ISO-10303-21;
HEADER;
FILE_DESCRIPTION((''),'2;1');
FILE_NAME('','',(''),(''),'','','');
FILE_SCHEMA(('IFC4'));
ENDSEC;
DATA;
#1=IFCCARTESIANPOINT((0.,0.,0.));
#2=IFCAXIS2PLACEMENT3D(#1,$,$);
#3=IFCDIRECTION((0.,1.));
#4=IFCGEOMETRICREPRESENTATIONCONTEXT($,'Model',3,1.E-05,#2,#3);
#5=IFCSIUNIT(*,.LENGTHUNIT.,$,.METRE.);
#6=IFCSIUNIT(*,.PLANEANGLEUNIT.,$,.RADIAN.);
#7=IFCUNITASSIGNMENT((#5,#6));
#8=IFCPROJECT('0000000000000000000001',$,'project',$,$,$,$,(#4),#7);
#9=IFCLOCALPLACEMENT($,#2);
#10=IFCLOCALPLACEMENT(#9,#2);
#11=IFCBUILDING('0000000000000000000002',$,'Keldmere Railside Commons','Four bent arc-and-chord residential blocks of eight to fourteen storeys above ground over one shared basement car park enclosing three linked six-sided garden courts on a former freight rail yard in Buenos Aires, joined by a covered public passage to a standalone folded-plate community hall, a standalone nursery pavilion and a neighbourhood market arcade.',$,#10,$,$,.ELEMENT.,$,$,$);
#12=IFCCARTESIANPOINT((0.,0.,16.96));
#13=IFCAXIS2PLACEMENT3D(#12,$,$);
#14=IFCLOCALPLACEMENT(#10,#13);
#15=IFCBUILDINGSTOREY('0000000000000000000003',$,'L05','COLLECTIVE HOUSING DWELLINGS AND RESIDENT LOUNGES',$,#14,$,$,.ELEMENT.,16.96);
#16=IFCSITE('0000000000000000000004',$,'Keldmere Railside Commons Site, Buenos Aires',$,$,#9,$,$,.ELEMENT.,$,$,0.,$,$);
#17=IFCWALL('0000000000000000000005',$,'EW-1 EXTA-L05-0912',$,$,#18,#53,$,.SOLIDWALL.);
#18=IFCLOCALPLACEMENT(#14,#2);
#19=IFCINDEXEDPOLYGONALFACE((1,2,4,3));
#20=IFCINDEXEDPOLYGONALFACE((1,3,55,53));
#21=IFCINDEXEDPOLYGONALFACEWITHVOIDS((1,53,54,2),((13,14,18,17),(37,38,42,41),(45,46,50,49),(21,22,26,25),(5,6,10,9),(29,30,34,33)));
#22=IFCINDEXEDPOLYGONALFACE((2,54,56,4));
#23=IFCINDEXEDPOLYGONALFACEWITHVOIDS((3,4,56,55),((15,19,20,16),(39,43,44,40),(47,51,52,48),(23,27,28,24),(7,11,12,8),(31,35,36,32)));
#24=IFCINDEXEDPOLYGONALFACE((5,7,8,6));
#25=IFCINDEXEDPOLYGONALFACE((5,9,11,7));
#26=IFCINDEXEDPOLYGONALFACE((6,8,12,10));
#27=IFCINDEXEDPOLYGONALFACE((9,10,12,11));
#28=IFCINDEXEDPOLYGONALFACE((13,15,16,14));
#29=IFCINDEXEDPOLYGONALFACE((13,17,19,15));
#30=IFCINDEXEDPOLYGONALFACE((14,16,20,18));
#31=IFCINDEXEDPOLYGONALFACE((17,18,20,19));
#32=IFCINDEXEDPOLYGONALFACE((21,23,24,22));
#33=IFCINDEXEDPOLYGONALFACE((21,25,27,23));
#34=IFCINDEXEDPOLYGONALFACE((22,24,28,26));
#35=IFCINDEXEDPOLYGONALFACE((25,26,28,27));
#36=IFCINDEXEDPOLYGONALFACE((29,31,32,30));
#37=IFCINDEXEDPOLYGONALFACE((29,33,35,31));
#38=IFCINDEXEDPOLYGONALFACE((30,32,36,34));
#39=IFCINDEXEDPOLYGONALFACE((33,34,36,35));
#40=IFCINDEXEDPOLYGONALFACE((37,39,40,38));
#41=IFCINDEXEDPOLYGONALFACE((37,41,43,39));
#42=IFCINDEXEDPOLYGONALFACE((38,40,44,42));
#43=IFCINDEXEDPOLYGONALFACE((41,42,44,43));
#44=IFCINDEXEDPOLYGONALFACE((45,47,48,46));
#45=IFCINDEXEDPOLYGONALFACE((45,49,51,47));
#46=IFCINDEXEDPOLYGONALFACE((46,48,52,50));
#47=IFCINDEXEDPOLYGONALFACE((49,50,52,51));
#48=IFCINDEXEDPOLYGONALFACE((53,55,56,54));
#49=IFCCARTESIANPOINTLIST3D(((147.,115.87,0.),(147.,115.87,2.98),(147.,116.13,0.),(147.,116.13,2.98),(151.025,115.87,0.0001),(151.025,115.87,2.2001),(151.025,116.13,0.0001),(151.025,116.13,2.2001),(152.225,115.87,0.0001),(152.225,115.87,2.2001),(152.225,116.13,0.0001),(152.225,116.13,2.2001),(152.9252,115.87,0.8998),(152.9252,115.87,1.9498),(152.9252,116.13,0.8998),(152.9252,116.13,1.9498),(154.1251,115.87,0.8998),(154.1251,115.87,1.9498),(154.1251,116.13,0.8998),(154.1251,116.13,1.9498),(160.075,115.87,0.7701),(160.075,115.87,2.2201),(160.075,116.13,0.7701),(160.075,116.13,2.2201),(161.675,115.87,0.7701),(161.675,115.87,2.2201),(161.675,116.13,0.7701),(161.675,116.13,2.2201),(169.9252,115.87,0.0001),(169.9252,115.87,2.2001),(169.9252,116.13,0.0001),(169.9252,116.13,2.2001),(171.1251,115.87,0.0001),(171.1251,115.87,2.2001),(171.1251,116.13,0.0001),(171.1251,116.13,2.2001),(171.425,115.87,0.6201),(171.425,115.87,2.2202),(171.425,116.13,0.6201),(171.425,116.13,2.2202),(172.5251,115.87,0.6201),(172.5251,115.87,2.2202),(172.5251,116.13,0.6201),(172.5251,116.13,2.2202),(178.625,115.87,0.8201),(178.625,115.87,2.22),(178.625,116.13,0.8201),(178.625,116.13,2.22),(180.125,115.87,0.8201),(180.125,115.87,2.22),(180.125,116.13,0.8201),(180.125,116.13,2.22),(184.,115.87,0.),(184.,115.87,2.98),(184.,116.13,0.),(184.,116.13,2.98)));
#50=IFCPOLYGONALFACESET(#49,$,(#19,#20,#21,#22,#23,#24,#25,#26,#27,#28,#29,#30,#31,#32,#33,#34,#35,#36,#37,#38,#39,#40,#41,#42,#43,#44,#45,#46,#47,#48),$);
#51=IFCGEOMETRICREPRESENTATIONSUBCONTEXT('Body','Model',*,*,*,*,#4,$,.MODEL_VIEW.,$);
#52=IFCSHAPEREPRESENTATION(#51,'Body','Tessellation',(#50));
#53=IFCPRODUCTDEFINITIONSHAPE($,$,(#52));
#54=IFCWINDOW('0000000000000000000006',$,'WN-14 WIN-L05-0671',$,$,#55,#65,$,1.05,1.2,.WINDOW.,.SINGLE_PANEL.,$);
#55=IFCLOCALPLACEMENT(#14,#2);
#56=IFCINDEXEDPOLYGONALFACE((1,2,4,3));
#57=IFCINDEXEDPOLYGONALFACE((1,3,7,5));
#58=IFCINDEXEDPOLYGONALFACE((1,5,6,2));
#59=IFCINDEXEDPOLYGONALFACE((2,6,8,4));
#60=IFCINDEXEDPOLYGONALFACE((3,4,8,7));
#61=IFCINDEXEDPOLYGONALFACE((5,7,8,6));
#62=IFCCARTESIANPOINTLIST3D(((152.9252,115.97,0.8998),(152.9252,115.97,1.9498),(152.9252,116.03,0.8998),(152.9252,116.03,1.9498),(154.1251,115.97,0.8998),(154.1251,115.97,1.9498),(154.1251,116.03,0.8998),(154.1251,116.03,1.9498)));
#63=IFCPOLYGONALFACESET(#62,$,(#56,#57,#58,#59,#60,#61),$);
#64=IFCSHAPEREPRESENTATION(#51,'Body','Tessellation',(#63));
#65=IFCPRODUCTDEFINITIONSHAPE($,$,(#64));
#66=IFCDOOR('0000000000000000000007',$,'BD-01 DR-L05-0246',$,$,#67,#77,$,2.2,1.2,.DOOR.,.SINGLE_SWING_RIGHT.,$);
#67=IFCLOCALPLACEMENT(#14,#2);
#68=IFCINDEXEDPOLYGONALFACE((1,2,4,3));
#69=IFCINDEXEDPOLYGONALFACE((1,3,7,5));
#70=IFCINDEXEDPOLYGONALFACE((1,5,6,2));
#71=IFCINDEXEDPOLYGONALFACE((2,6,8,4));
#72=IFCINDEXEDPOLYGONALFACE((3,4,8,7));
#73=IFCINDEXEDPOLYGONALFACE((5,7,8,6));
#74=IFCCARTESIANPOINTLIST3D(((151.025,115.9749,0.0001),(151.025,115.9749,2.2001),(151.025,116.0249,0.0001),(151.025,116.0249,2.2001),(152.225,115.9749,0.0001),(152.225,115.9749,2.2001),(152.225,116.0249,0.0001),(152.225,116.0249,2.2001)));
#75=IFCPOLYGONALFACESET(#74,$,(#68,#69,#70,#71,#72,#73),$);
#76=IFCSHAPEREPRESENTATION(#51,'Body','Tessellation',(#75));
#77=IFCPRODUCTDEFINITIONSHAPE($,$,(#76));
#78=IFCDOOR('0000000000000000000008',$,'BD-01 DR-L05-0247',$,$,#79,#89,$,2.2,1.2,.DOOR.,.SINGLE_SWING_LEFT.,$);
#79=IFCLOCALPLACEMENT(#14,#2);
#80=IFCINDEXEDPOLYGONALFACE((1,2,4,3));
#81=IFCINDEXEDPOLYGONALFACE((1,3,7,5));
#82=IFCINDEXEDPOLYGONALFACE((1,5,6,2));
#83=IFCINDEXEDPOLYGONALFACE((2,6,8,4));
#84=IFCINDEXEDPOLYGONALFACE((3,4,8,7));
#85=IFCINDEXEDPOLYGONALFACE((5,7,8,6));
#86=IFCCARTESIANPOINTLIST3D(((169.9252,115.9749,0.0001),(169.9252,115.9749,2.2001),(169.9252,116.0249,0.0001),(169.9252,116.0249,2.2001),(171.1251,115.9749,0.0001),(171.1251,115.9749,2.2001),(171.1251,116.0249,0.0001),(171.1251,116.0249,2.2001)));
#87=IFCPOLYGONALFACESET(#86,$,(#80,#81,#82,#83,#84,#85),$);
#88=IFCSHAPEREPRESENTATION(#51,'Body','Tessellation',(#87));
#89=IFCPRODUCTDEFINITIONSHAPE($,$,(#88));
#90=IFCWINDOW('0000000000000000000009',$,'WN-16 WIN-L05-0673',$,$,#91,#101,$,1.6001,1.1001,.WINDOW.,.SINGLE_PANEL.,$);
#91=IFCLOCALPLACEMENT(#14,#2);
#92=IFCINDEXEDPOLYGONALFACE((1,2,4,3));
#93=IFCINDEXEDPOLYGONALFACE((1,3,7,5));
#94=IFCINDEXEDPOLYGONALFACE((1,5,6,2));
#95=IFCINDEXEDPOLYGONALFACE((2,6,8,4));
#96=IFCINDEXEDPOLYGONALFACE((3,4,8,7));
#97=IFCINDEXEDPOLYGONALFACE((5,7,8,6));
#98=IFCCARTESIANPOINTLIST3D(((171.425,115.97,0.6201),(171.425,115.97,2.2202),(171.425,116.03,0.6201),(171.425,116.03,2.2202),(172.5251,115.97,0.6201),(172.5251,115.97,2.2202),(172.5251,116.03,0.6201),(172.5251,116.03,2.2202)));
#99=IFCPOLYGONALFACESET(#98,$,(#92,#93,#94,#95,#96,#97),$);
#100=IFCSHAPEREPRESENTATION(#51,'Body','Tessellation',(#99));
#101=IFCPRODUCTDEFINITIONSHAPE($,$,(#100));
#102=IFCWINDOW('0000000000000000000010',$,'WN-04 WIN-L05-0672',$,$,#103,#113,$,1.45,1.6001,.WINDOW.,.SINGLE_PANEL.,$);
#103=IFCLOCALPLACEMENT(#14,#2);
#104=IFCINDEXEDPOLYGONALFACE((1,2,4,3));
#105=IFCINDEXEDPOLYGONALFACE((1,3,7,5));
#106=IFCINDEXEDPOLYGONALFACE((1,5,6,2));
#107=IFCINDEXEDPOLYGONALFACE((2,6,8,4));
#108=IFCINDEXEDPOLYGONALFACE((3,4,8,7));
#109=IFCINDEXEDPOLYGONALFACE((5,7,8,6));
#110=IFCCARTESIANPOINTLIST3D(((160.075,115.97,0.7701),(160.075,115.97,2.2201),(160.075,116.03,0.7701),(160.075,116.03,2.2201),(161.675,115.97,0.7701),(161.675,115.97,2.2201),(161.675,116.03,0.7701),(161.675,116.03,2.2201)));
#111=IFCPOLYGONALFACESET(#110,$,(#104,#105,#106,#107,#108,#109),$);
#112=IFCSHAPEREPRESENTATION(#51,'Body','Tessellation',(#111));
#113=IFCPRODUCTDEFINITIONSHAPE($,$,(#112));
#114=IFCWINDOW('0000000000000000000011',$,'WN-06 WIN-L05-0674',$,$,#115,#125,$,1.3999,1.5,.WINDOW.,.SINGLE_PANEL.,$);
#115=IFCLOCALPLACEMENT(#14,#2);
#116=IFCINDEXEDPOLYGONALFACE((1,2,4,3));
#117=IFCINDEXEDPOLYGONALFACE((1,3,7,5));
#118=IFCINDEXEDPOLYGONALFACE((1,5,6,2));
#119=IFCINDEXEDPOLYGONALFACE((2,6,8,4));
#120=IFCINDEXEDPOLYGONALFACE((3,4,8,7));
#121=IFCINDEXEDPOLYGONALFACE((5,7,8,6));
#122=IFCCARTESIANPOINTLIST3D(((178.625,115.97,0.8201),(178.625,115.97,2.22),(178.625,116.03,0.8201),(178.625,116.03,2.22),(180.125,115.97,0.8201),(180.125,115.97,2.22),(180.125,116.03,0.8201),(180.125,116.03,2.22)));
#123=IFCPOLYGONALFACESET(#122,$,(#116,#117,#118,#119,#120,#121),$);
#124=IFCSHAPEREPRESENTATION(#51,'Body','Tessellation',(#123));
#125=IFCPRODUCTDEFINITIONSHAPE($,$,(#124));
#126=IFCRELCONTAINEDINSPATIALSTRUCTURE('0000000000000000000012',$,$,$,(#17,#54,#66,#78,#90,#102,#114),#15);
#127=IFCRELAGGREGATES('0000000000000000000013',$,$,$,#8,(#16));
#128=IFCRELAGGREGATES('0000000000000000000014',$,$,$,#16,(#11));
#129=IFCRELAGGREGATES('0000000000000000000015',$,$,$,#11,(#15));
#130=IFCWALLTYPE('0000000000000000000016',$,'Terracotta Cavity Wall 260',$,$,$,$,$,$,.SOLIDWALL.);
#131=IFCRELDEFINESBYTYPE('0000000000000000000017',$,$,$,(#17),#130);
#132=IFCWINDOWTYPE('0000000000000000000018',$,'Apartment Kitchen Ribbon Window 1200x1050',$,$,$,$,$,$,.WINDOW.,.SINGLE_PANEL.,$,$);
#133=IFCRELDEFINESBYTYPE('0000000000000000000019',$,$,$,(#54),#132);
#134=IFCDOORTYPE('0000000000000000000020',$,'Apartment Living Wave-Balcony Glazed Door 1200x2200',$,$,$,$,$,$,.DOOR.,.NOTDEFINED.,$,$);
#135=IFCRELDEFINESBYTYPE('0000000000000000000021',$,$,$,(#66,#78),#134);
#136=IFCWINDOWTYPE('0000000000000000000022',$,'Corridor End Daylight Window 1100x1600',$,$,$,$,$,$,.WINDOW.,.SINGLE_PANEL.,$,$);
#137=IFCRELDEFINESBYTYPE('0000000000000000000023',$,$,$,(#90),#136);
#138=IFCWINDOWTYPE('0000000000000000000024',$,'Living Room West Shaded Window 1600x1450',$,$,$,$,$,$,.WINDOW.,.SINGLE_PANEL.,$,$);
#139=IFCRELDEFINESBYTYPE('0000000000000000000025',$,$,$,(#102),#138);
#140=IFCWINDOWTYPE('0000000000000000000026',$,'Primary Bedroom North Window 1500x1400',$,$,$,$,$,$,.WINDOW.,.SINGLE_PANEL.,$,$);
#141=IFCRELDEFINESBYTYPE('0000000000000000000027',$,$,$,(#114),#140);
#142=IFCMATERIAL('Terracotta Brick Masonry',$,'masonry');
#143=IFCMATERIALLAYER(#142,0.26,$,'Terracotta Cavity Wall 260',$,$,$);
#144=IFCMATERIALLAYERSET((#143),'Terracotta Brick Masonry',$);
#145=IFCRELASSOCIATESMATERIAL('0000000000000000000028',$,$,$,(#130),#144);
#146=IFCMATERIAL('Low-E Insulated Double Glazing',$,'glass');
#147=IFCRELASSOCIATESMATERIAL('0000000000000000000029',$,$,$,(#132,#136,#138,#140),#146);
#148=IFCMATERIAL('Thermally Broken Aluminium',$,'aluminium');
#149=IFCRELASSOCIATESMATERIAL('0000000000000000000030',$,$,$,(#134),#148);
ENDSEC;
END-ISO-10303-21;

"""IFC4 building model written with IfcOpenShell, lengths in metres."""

from ifc_helpers import new_model, si_unit, direction, frame, frame_2d, origin, place, context, subcontext, project, spatial, rectangle, extrude, material, layer, layer_set, type_object, element, fill, save


model = new_model("IFC4")

# Units and contexts
model_context = context("Model", 3, precision=1e-05, world=origin(), true_north=direction((0.0, 1.0)))
body_context = subcontext(model_context, "Body", "Model", "MODEL_VIEW")
ifc_project = project(units=[si_unit("LENGTHUNIT", "METRE"), si_unit("PLANEANGLEUNIT", "RADIAN")], contexts=[model_context])

# Site, building, storey
site_placement = place(None, origin())
site = spatial("IfcSite", under=ifc_project, at=site_placement, Name="Keldmere Railside Commons Site, Buenos Aires", CompositionType="ELEMENT", RefElevation=0.0)
building_placement = place(site_placement, origin())
building = spatial("IfcBuilding", under=site, at=building_placement, Name="Keldmere Railside Commons", Description="Four bent arc-and-chord residential blocks of eight to fourteen storeys above ground over one shared basement car park enclosing three linked six-sided garden courts on a former freight rail yard in Buenos Aires, joined by a covered public passage to a standalone folded-plate community hall, a standalone nursery pavilion and a neighbourhood market arcade.", CompositionType="ELEMENT")
storey_placement = place(building_placement, frame((0.0, 0.0, 16.96)))
storey = spatial("IfcBuildingStorey", under=building, at=storey_placement, Name="L05", Description="COLLECTIVE HOUSING DWELLINGS AND RESIDENT LOUNGES", CompositionType="ELEMENT", Elevation=16.96)

# Wall, openings, windows, doors
ifc_material_1 = material(Name="Terracotta Brick Masonry", Category="masonry")
ifc_layer_1 = layer(ifc_material_1, 0.26, Name="Terracotta Cavity Wall 260")
ifc_layer_set_1 = layer_set([ifc_layer_1], Name="Terracotta Brick Masonry")
wall_type_1 = type_object("IfcWallType", Name="Terracotta Cavity Wall 260", PredefinedType="SOLIDWALL", material=ifc_layer_set_1)
wall_1_placement = place(storey_placement, frame((147.0, 116.0, 0.0), z_axis=(0.0, 0.0, 1.0), x_axis=(1.0, 0.0, 0.0)))
wall_1 = element("IfcWall", 1, at=wall_1_placement, inside=storey, type_object=wall_type_1, Name="EW-1 EXTA-L05-0912", PredefinedType="SOLIDWALL", context=body_context, shape_type="SweptSolid", body=[
    extrude(rectangle(XDim=37.0, YDim=0.26, at=frame_2d((18.5, 0.0))), origin(), (0.0, 0.0, 1.0), 2.98),
])
opening_1_placement = place(wall_1_placement, frame((4.0249, 0.0, 0.0)))
opening_1 = element("IfcOpeningElement", 2, at=opening_1_placement, cuts=wall_1, PredefinedType="OPENING", context=body_context, shape_type="SweptSolid", body=[
    extrude(rectangle(XDim=1.2, YDim=2.2, at=frame_2d((0.6001, 1.1001))), frame((0.0, 0.1399, 0.0), z_axis=(0.0, -1.0, 0.0), x_axis=(1.0, 0.0, 0.0)), (0.0, 0.0, 1.0), 0.28),
])
opening_2_placement = place(wall_1_placement, frame((5.925, 0.0, 0.8999)))
opening_2 = element("IfcOpeningElement", 3, at=opening_2_placement, cuts=wall_1, PredefinedType="OPENING", context=body_context, shape_type="SweptSolid", body=[
    extrude(rectangle(XDim=1.2, YDim=1.05, at=frame_2d((0.6001, 0.5249))), frame((0.0, 0.1399, 0.0), z_axis=(0.0, -1.0, 0.0), x_axis=(1.0, 0.0, 0.0)), (0.0, 0.0, 1.0), 0.28),
])
opening_3_placement = place(wall_1_placement, frame((13.075, 0.0, 0.77)))
opening_3 = element("IfcOpeningElement", 4, at=opening_3_placement, cuts=wall_1, PredefinedType="OPENING", context=body_context, shape_type="SweptSolid", body=[
    extrude(rectangle(XDim=1.6001, YDim=1.45, at=frame_2d((0.8, 0.7251))), frame((0.0, 0.1399, 0.0), z_axis=(0.0, -1.0, 0.0), x_axis=(1.0, 0.0, 0.0)), (0.0, 0.0, 1.0), 0.28),
])
opening_4_placement = place(wall_1_placement, frame((22.925, 0.0, 0.0)))
opening_4 = element("IfcOpeningElement", 5, at=opening_4_placement, cuts=wall_1, PredefinedType="OPENING", context=body_context, shape_type="SweptSolid", body=[
    extrude(rectangle(XDim=1.2, YDim=2.2, at=frame_2d((0.6001, 1.1001))), frame((0.0, 0.1399, 0.0), z_axis=(0.0, -1.0, 0.0), x_axis=(1.0, 0.0, 0.0)), (0.0, 0.0, 1.0), 0.28),
])
opening_5_placement = place(wall_1_placement, frame((24.425, 0.0, 0.6201)))
opening_5 = element("IfcOpeningElement", 6, at=opening_5_placement, cuts=wall_1, PredefinedType="OPENING", context=body_context, shape_type="SweptSolid", body=[
    extrude(rectangle(XDim=1.1001, YDim=1.6001, at=frame_2d((0.55, 0.8))), frame((0.0, 0.1399, 0.0), z_axis=(0.0, -1.0, 0.0), x_axis=(1.0, 0.0, 0.0)), (0.0, 0.0, 1.0), 0.28),
])
opening_6_placement = place(wall_1_placement, frame((31.625, 0.0, 0.8201)))
opening_6 = element("IfcOpeningElement", 7, at=opening_6_placement, cuts=wall_1, PredefinedType="OPENING", context=body_context, shape_type="SweptSolid", body=[
    extrude(rectangle(XDim=1.5, YDim=1.3999, at=frame_2d((0.75, 0.7))), frame((0.0, 0.1399, 0.0), z_axis=(0.0, -1.0, 0.0), x_axis=(1.0, 0.0, 0.0)), (0.0, 0.0, 1.0), 0.28),
])
ifc_material_2 = material(Name="Low-E Insulated Double Glazing", Category="glass")
window_type_1 = type_object("IfcWindowType", Name="Apartment Kitchen Ribbon Window 1200x1050", PartitioningType="SINGLE_PANEL", PredefinedType="WINDOW", material=ifc_material_2)
window_1_placement = place(opening_2_placement, origin())
window_1 = element("IfcWindow", 8, at=window_1_placement, inside=storey, type_object=window_type_1, Name="WN-14 WIN-L05-0671", OverallHeight=1.05, OverallWidth=1.2, PartitioningType="SINGLE_PANEL", PredefinedType="WINDOW", context=body_context, shape_type="SweptSolid", body=[
    extrude(rectangle(XDim=1.2, YDim=1.05, at=frame_2d((0.6001, 0.5249))), frame((0.0, 0.03, 0.0), z_axis=(0.0, -1.0, 0.0), x_axis=(1.0, 0.0, 0.0)), (0.0, 0.0, 1.0), 0.0601),
])
fill(opening_2, window_1)
ifc_material_3 = material(Name="Thermally Broken Aluminium", Category="aluminium")
door_type = type_object("IfcDoorType", Name="Apartment Living Wave-Balcony Glazed Door 1200x2200", OperationType="NOTDEFINED", PredefinedType="DOOR", material=ifc_material_3)
door_1_placement = place(opening_1_placement, origin())
door_1 = element("IfcDoor", 9, at=door_1_placement, inside=storey, type_object=door_type, Name="BD-01 DR-L05-0246", OperationType="SINGLE_SWING_RIGHT", OverallHeight=2.2, OverallWidth=1.2, PredefinedType="DOOR", context=body_context, shape_type="SweptSolid", body=[
    extrude(rectangle(XDim=1.2, YDim=2.2, at=frame_2d((0.6001, 1.1001))), frame((0.0, 0.0249, 0.0), z_axis=(0.0, -1.0, 0.0), x_axis=(1.0, 0.0, 0.0)), (0.0, 0.0, 1.0), 0.05),
])
fill(opening_1, door_1)
door_2_placement = place(opening_4_placement, origin())
door_2 = element("IfcDoor", 10, at=door_2_placement, inside=storey, type_object=door_type, Name="BD-01 DR-L05-0247", OperationType="SINGLE_SWING_LEFT", OverallHeight=2.2, OverallWidth=1.2, PredefinedType="DOOR", context=body_context, shape_type="SweptSolid", body=[
    extrude(rectangle(XDim=1.2, YDim=2.2, at=frame_2d((0.6001, 1.1001))), frame((0.0, 0.0249, 0.0), z_axis=(0.0, -1.0, 0.0), x_axis=(1.0, 0.0, 0.0)), (0.0, 0.0, 1.0), 0.05),
])
fill(opening_4, door_2)
window_type_2 = type_object("IfcWindowType", Name="Corridor End Daylight Window 1100x1600", PartitioningType="SINGLE_PANEL", PredefinedType="WINDOW", material=ifc_material_2)
window_2_placement = place(opening_5_placement, origin())
window_2 = element("IfcWindow", 11, at=window_2_placement, inside=storey, type_object=window_type_2, Name="WN-16 WIN-L05-0673", OverallHeight=1.6001, OverallWidth=1.1001, PartitioningType="SINGLE_PANEL", PredefinedType="WINDOW", context=body_context, shape_type="SweptSolid", body=[
    extrude(rectangle(XDim=1.1001, YDim=1.6001, at=frame_2d((0.55, 0.8))), frame((0.0, 0.03, 0.0), z_axis=(0.0, -1.0, 0.0), x_axis=(1.0, 0.0, 0.0)), (0.0, 0.0, 1.0), 0.0601),
])
fill(opening_5, window_2)
window_type_3 = type_object("IfcWindowType", Name="Living Room West Shaded Window 1600x1450", PartitioningType="SINGLE_PANEL", PredefinedType="WINDOW", material=ifc_material_2)
window_3_placement = place(opening_3_placement, origin())
window_3 = element("IfcWindow", 12, at=window_3_placement, inside=storey, type_object=window_type_3, Name="WN-04 WIN-L05-0672", OverallHeight=1.45, OverallWidth=1.6001, PartitioningType="SINGLE_PANEL", PredefinedType="WINDOW", context=body_context, shape_type="SweptSolid", body=[
    extrude(rectangle(XDim=1.6001, YDim=1.45, at=frame_2d((0.8, 0.7251))), frame((0.0, 0.03, 0.0), z_axis=(0.0, -1.0, 0.0), x_axis=(1.0, 0.0, 0.0)), (0.0, 0.0, 1.0), 0.0601),
])
fill(opening_3, window_3)
window_type_4 = type_object("IfcWindowType", Name="Primary Bedroom North Window 1500x1400", PartitioningType="SINGLE_PANEL", PredefinedType="WINDOW", material=ifc_material_2)
window_4_placement = place(opening_6_placement, origin())
window_4 = element("IfcWindow", 13, at=window_4_placement, inside=storey, type_object=window_type_4, Name="WN-06 WIN-L05-0674", OverallHeight=1.3999, OverallWidth=1.5, PartitioningType="SINGLE_PANEL", PredefinedType="WINDOW", context=body_context, shape_type="SweptSolid", body=[
    extrude(rectangle(XDim=1.5, YDim=1.3999, at=frame_2d((0.75, 0.7))), frame((0.0, 0.03, 0.0), z_axis=(0.0, -1.0, 0.0), x_axis=(1.0, 0.0, 0.0)), (0.0, 0.0, 1.0), 0.0601),
])
fill(opening_6, window_4)

save(model, "model.ifc")
